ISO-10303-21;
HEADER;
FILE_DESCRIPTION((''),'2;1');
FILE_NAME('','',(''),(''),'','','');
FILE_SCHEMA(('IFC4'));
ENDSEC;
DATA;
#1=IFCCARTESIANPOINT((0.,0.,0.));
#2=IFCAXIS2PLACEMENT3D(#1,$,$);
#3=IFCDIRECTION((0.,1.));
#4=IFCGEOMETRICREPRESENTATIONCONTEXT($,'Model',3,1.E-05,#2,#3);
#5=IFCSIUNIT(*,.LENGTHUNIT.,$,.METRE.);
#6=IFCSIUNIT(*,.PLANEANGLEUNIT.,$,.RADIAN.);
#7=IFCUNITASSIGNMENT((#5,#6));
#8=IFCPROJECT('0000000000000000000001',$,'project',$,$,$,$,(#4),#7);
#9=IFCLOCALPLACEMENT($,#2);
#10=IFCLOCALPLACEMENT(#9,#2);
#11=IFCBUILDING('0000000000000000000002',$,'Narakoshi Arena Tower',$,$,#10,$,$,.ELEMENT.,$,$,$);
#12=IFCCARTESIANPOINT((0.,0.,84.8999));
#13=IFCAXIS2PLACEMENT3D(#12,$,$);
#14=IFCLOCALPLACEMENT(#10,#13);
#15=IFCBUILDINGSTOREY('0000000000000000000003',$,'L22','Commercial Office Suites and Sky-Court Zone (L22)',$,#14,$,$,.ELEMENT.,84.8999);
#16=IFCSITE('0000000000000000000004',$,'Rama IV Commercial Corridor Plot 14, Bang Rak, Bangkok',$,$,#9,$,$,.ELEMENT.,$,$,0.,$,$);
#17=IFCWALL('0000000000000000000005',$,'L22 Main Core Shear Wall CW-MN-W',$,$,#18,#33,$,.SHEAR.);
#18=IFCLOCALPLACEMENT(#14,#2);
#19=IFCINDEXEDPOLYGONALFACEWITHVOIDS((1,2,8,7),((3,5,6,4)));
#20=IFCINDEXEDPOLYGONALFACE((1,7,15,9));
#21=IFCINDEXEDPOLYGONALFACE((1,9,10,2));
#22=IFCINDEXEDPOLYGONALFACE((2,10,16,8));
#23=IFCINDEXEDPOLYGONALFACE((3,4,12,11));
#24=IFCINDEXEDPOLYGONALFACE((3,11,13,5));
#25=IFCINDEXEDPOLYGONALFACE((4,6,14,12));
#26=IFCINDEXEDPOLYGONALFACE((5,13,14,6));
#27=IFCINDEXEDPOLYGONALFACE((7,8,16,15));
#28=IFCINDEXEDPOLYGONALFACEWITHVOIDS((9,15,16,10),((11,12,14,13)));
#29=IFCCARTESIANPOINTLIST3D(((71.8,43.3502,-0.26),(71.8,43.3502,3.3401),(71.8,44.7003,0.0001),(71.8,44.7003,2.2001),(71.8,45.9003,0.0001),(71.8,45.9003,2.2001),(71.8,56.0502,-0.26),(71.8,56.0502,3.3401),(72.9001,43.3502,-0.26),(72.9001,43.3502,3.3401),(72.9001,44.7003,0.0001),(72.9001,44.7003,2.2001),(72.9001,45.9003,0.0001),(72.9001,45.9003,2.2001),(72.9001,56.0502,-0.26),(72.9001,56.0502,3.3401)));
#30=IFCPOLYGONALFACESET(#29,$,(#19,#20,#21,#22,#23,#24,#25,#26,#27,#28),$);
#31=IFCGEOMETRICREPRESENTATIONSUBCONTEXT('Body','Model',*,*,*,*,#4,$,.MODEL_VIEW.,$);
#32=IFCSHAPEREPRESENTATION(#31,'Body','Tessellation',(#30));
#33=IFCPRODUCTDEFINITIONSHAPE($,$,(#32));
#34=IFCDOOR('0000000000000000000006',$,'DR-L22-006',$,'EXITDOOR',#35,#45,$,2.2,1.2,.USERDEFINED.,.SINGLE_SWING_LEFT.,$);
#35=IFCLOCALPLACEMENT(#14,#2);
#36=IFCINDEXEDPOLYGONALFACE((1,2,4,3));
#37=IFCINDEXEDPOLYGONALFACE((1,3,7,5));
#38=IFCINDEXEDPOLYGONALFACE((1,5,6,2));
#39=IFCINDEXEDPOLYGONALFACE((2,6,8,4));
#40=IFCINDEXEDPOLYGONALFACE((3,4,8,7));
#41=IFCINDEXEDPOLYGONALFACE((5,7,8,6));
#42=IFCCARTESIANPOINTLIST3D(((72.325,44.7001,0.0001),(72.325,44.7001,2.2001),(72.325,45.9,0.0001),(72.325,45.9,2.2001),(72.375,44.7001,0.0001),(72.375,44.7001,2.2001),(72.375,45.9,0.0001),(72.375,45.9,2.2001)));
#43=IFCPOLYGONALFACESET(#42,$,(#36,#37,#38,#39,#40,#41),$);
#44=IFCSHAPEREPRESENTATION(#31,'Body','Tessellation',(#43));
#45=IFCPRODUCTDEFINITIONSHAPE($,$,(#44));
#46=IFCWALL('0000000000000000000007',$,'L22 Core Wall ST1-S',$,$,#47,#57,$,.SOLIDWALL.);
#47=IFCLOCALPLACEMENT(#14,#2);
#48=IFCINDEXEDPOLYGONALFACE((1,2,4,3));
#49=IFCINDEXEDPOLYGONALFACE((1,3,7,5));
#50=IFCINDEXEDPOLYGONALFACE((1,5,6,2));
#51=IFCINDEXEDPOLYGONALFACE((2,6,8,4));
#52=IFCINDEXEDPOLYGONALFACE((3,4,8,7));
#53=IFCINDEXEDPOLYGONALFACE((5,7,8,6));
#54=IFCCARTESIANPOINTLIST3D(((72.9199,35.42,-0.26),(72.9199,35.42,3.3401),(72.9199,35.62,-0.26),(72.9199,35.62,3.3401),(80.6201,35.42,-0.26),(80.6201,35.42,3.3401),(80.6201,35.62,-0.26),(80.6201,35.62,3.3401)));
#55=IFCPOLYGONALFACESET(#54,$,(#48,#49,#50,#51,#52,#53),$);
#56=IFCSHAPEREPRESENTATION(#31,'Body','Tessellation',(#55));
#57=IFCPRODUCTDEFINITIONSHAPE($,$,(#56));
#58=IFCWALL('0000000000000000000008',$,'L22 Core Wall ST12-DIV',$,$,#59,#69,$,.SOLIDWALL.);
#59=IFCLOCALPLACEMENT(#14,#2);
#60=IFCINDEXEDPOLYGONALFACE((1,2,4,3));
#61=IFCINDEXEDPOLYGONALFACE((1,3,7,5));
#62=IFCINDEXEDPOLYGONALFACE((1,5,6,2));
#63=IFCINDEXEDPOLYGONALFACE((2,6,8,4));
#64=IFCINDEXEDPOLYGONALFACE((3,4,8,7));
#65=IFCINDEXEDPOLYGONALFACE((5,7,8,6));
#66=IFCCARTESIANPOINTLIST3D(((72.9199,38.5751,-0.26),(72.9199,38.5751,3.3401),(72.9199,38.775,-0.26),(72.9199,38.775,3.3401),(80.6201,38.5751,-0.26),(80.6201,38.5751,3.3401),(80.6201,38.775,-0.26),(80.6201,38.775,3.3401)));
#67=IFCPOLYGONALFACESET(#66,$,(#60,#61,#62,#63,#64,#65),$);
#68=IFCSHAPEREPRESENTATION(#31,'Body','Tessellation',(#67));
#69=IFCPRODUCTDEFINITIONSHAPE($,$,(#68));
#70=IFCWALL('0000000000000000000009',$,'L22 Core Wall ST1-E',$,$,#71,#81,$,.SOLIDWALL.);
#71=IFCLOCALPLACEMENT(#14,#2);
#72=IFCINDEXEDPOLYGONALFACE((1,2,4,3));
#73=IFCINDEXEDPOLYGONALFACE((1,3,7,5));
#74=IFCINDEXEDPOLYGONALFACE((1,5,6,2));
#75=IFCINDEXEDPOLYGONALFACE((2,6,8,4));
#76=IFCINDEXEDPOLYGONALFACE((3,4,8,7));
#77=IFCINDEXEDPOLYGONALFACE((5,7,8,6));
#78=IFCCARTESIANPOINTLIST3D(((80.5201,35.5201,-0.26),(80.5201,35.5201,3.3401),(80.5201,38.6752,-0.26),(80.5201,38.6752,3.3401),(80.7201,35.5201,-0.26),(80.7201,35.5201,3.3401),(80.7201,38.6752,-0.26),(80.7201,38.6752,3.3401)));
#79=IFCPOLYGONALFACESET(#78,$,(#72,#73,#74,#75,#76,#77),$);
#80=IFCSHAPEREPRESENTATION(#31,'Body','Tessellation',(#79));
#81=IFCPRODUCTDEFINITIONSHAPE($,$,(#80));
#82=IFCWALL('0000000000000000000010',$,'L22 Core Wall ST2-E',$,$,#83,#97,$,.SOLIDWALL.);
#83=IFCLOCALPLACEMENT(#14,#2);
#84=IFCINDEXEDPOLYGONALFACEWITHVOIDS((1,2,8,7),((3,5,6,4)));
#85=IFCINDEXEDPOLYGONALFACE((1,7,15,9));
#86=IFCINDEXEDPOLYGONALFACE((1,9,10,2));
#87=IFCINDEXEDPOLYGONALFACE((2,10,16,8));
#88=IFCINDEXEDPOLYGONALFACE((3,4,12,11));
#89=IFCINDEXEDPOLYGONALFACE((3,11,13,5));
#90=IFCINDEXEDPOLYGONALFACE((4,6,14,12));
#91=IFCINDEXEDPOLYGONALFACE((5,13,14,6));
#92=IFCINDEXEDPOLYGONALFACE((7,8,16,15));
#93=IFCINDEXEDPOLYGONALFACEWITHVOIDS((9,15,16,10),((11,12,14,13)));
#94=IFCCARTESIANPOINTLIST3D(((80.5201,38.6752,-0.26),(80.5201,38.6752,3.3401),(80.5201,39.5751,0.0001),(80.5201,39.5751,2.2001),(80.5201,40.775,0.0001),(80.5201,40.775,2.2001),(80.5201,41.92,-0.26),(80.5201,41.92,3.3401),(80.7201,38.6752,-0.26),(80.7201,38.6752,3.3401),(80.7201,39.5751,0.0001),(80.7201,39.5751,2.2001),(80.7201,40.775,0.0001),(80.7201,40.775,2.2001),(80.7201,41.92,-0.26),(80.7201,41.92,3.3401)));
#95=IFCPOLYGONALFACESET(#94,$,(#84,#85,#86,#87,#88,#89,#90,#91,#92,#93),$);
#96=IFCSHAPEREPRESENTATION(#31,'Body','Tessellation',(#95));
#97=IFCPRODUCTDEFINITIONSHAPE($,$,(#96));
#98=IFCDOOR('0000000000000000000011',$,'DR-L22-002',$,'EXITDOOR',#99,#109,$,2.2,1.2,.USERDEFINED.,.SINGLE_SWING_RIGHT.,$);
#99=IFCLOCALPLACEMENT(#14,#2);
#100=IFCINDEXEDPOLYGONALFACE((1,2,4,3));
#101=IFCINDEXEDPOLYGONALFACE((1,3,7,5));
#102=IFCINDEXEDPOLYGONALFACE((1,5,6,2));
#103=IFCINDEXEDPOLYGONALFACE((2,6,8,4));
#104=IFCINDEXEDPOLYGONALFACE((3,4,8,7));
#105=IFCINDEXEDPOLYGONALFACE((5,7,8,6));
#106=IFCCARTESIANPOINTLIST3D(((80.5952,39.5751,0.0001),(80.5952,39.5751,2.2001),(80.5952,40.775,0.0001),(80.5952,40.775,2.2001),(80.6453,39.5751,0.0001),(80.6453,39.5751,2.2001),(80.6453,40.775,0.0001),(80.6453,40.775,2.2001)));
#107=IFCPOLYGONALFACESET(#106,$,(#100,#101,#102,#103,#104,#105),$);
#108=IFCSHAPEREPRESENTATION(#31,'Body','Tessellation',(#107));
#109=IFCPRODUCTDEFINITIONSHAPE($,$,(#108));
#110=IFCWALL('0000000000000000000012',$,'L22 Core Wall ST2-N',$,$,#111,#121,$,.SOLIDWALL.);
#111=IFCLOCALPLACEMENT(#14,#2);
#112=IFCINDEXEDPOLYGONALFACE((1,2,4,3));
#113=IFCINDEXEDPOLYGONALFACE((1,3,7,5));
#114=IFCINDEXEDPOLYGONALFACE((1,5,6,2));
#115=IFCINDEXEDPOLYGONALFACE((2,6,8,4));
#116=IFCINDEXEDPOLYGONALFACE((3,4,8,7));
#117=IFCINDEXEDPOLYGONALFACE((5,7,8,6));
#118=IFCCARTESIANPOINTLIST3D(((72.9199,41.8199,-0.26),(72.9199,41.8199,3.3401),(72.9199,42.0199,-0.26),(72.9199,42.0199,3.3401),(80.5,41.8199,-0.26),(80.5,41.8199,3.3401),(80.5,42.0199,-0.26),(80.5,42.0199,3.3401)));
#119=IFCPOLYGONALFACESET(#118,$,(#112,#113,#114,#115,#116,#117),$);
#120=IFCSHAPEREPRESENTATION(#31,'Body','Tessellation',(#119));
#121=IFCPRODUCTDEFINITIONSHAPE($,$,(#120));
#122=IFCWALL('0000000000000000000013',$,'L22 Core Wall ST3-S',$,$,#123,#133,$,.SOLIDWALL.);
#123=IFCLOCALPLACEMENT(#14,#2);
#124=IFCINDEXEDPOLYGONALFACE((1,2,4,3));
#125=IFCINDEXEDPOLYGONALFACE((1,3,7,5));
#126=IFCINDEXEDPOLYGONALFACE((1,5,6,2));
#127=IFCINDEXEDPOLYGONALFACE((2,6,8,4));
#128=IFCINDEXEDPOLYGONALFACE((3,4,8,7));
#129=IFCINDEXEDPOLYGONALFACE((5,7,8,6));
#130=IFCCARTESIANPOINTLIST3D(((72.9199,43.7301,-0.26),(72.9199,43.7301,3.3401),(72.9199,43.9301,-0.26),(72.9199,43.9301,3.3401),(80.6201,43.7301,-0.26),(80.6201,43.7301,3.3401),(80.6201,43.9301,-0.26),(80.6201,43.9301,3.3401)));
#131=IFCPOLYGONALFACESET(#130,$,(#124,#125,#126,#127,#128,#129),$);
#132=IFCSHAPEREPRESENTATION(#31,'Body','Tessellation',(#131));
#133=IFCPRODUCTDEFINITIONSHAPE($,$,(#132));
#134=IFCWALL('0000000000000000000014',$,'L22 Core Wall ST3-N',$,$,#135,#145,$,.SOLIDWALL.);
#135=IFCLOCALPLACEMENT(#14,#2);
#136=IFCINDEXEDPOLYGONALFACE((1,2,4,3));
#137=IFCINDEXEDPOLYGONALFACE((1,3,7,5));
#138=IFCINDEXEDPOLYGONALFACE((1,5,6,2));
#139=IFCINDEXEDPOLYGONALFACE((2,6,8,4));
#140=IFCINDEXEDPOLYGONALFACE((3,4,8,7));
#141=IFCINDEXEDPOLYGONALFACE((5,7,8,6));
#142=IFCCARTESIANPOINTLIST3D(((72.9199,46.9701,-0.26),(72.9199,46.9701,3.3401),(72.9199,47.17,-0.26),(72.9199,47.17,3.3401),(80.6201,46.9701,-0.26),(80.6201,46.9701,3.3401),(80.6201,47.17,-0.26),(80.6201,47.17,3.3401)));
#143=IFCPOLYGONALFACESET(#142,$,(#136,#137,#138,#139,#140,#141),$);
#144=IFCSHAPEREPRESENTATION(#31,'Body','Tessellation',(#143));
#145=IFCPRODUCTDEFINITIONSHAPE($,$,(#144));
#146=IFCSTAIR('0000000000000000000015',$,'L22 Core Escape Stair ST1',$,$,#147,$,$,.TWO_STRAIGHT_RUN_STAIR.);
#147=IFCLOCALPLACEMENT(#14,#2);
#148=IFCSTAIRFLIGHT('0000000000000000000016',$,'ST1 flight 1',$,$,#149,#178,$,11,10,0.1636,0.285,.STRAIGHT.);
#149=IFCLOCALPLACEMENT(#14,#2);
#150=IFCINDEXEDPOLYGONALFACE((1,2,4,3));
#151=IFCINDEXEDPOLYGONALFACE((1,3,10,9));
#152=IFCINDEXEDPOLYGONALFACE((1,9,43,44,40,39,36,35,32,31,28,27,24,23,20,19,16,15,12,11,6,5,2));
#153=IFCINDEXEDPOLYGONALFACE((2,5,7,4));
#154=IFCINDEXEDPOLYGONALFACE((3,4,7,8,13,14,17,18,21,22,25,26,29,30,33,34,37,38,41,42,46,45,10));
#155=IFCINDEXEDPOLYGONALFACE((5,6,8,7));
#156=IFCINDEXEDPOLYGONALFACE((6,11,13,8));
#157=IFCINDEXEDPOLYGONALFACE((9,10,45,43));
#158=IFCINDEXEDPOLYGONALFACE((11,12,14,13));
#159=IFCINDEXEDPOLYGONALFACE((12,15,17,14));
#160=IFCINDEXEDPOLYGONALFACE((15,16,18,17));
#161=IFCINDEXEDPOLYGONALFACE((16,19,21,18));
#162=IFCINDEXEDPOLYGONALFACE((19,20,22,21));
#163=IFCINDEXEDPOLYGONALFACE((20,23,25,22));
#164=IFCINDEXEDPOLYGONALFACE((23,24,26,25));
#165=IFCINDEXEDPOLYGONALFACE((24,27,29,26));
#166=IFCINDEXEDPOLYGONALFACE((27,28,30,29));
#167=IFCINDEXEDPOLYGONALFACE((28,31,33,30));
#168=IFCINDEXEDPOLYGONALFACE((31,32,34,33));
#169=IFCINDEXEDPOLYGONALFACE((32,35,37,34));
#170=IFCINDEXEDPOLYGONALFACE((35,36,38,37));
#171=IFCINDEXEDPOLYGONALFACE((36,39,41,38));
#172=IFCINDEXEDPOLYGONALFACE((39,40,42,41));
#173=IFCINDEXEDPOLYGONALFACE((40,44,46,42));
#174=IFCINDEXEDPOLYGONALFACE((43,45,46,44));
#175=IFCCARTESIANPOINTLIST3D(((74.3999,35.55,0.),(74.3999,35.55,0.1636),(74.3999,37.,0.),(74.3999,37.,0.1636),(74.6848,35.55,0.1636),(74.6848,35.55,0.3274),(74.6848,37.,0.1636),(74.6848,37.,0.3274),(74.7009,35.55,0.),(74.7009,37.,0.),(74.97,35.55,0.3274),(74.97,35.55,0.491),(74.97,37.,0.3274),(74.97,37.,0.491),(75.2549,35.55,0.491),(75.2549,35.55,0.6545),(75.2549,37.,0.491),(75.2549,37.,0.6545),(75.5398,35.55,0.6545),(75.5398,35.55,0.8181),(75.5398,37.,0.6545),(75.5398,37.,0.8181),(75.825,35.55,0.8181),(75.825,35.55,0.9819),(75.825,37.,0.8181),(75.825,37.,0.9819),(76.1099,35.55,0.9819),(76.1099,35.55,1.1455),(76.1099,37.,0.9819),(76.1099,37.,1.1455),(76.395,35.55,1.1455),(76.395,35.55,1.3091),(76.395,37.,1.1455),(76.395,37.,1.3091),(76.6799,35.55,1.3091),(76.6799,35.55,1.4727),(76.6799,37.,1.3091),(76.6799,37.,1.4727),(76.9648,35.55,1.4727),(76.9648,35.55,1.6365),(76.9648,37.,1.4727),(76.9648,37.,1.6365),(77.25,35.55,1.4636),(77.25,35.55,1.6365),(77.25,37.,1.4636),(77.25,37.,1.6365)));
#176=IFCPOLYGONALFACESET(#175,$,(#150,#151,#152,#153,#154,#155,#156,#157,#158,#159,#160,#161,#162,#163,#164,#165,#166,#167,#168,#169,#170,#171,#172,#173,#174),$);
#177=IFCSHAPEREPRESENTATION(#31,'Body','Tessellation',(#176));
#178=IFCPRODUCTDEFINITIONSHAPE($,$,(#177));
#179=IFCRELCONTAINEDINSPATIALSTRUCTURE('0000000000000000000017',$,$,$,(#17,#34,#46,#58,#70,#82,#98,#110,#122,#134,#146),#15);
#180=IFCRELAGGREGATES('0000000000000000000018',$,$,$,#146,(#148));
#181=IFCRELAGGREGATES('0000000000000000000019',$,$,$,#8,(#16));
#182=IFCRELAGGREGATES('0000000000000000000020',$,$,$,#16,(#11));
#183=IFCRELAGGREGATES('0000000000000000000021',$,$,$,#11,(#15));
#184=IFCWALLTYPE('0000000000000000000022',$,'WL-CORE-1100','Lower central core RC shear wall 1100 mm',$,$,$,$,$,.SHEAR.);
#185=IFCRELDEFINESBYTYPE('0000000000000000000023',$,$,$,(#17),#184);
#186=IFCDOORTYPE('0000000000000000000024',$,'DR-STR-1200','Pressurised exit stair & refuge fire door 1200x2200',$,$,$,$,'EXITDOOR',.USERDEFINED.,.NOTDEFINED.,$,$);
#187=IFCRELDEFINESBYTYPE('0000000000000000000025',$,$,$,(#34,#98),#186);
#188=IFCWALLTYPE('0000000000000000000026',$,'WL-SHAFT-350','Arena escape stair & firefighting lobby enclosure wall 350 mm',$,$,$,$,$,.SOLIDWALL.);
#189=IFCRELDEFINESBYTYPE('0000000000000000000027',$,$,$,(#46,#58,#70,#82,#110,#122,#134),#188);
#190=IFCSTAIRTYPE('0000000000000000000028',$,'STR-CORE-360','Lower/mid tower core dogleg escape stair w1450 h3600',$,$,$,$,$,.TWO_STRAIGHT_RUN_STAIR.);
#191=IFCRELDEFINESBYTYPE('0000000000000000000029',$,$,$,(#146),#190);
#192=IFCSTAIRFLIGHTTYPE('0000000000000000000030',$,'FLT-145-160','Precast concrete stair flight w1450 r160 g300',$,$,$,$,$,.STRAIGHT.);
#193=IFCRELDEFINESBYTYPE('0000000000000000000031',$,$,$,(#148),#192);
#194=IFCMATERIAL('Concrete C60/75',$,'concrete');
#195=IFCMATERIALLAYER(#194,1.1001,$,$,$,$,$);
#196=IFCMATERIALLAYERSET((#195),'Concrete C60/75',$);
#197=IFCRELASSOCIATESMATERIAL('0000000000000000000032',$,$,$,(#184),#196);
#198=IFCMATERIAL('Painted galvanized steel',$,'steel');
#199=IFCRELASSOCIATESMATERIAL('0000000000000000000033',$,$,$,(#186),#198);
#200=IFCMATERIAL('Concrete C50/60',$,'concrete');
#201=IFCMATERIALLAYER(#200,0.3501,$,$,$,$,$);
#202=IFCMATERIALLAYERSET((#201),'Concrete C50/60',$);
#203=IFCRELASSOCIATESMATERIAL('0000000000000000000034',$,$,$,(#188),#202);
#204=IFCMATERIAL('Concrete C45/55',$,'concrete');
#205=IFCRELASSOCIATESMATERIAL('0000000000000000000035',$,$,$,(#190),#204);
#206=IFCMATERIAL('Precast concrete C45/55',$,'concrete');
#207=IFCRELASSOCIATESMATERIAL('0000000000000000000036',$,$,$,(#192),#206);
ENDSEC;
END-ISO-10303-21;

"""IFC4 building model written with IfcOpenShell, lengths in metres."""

from ifc_helpers import new_model, si_unit, direction, frame, frame_2d, origin, place, context, subcontext, project, spatial, polyline, rectangle, outline, extrude, material, layer, layer_set, type_object, element, fill, aggregate, save


model = new_model("IFC4")

# Units and contexts
model_context = context("Model", 3, precision=1e-05, world=origin(), true_north=direction((0.0, 1.0)))
body_context = subcontext(model_context, "Body", "Model", "MODEL_VIEW")
ifc_project = project(units=[si_unit("LENGTHUNIT", "METRE"), si_unit("PLANEANGLEUNIT", "RADIAN")], contexts=[model_context])

# Site, building, storey
site_placement = place(None, origin())
site = spatial("IfcSite", under=ifc_project, at=site_placement, Name="Rama IV Commercial Corridor Plot 14, Bang Rak, Bangkok", CompositionType="ELEMENT", RefElevation=0.0)
building_placement = place(site_placement, origin())
building = spatial("IfcBuilding", under=site, at=building_placement, Name="Narakoshi Arena Tower", CompositionType="ELEMENT")
storey_placement = place(building_placement, frame((0.0, 0.0, 84.8999)))
storey = spatial("IfcBuildingStorey", under=building, at=storey_placement, Name="L22", Description="Commercial Office Suites and Sky-Court Zone (L22)", CompositionType="ELEMENT", Elevation=84.8999)

# Wall, opening, door
ifc_material_1 = material(Name="Concrete C60/75", Category="concrete")
ifc_layer_1 = layer(ifc_material_1, 1.1001)
ifc_layer_set_1 = layer_set([ifc_layer_1], Name="Concrete C60/75")
wall_type_1 = type_object("IfcWallType", Name="WL-CORE-1100", Description="Lower central core RC shear wall 1100 mm", PredefinedType="SHEAR", material=ifc_layer_set_1)
wall_1_placement = place(storey_placement, frame((72.3501, 43.3501, -0.26), z_axis=(0.0, 0.0, 1.0), x_axis=(0.0, 1.0, 0.0)))
wall_1 = element("IfcWall", 1, at=wall_1_placement, inside=storey, type_object=wall_type_1, Name="L22 Main Core Shear Wall CW-MN-W", PredefinedType="SHEAR", context=body_context, shape_type="SweptSolid", body=[
    extrude(rectangle(XDim=12.7, YDim=1.1001, at=frame_2d((6.3501, 0.0))), origin(), (0.0, 0.0, 1.0), 3.6001),
])
opening_1_placement = place(wall_1_placement, frame((1.3501, 0.0, 0.26)))
opening_1 = element("IfcOpeningElement", 2, at=opening_1_placement, cuts=wall_1, PredefinedType="OPENING", context=body_context, shape_type="SweptSolid", body=[
    extrude(rectangle(XDim=1.2, YDim=2.2, at=frame_2d((0.6001, 1.1001))), frame((0.0, 0.5601, 0.0), z_axis=(0.0, -1.0, 0.0), x_axis=(1.0, 0.0, 0.0)), (0.0, 0.0, 1.0), 1.1201),
])
ifc_material_2 = material(Name="Painted galvanized steel", Category="steel")
door_type = type_object("IfcDoorType", Name="DR-STR-1200", Description="Pressurised exit stair & refuge fire door 1200x2200", ElementType="EXITDOOR", OperationType="NOTDEFINED", PredefinedType="USERDEFINED", material=ifc_material_2)
door_1_placement = place(opening_1_placement, frame((1.2, 0.0, 0.0), z_axis=(0.0, 0.0, 1.0), x_axis=(-1.0, 0.0, 0.0)))
door_1 = element("IfcDoor", 3, at=door_1_placement, inside=storey, type_object=door_type, Name="DR-L22-006", ObjectType="EXITDOOR", OperationType="SINGLE_SWING_LEFT", OverallHeight=2.2, OverallWidth=1.2, PredefinedType="USERDEFINED", context=body_context, shape_type="SweptSolid", body=[
    extrude(rectangle(XDim=1.2, YDim=2.2, at=frame_2d((0.6001, 1.1001))), frame((0.0, 0.0249, 0.0), z_axis=(0.0, -1.0, 0.0), x_axis=(1.0, 0.0, 0.0)), (0.0, 0.0, 1.0), 0.05),
])
fill(opening_1, door_1)

# Walls
ifc_material_3 = material(Name="Concrete C50/60", Category="concrete")
ifc_layer_2 = layer(ifc_material_3, 0.3501)
ifc_layer_set_2 = layer_set([ifc_layer_2], Name="Concrete C50/60")
wall_type_2 = type_object("IfcWallType", Name="WL-SHAFT-350", Description="Arena escape stair & firefighting lobby enclosure wall 350 mm", PredefinedType="SOLIDWALL", material=ifc_layer_set_2)
for number, where, z_axis, x_axis, name in (
    (4, (72.9199, 35.52, -0.26), (0.0, 0.0, 1.0), (1.0, 0.0, 0.0), "L22 Core Wall ST1-S"),
    (5, (72.9199, 38.675, -0.26), (0.0, 0.0, 1.0), (1.0, 0.0, 0.0), "L22 Core Wall ST12-DIV"),
):
    element("IfcWall", number, at=place(storey_placement, frame(where, z_axis=z_axis, x_axis=x_axis)), inside=storey, type_object=wall_type_2, Name=name, PredefinedType="SOLIDWALL", context=body_context, shape_type="SweptSolid", body=[
        extrude(rectangle(XDim=7.7002, YDim=0.2, at=frame_2d((3.8501, 0.0))), origin(), (0.0, 0.0, 1.0), 3.6001),
    ])
wall_2_placement = place(storey_placement, frame((80.6201, 35.52, -0.26), z_axis=(0.0, 0.0, 1.0), x_axis=(0.0, 1.0, 0.0)))
element("IfcWall", 6, at=wall_2_placement, inside=storey, type_object=wall_type_2, Name="L22 Core Wall ST1-E", PredefinedType="SOLIDWALL", context=body_context, shape_type="SweptSolid", body=[
    extrude(rectangle(XDim=3.155, YDim=0.2, at=frame_2d((1.5776, 0.0))), origin(), (0.0, 0.0, 1.0), 3.6001),
])

# Wall, opening, door
wall_3_placement = place(storey_placement, frame((80.6201, 38.675, -0.26), z_axis=(0.0, 0.0, 1.0), x_axis=(0.0, 1.0, 0.0)))
wall_3 = element("IfcWall", 7, at=wall_3_placement, inside=storey, type_object=wall_type_2, Name="L22 Core Wall ST2-E", PredefinedType="SOLIDWALL", context=body_context, shape_type="SweptSolid", body=[
    extrude(rectangle(XDim=3.2449, YDim=0.2, at=frame_2d((1.6226, 0.0))), origin(), (0.0, 0.0, 1.0), 3.6001),
])
opening_2_placement = place(wall_3_placement, frame((0.8999, 0.0, 0.26)))
opening_2 = element("IfcOpeningElement", 8, at=opening_2_placement, cuts=wall_3, PredefinedType="OPENING", context=body_context, shape_type="SweptSolid", body=[
    extrude(rectangle(XDim=1.2, YDim=2.2, at=frame_2d((0.6001, 1.1001))), frame((0.0, 0.1099, 0.0), z_axis=(0.0, -1.0, 0.0), x_axis=(1.0, 0.0, 0.0)), (0.0, 0.0, 1.0), 0.22),
])
door_2_placement = place(opening_2_placement, origin())
door_2 = element("IfcDoor", 9, at=door_2_placement, inside=storey, type_object=door_type, Name="DR-L22-002", ObjectType="EXITDOOR", OperationType="SINGLE_SWING_RIGHT", OverallHeight=2.2, OverallWidth=1.2, PredefinedType="USERDEFINED", context=body_context, shape_type="SweptSolid", body=[
    extrude(rectangle(XDim=1.2, YDim=2.2, at=frame_2d((0.6001, 1.1001))), frame((0.0, 0.0249, 0.0), z_axis=(0.0, -1.0, 0.0), x_axis=(1.0, 0.0, 0.0)), (0.0, 0.0, 1.0), 0.05),
])
fill(opening_2, door_2)

# Walls
wall_4_placement = place(storey_placement, frame((72.9199, 41.9199, -0.26), z_axis=(0.0, 0.0, 1.0), x_axis=(1.0, 0.0, 0.0)))
element("IfcWall", 10, at=wall_4_placement, inside=storey, type_object=wall_type_2, Name="L22 Core Wall ST2-N", PredefinedType="SOLIDWALL", context=body_context, shape_type="SweptSolid", body=[
    extrude(rectangle(XDim=7.5801, YDim=0.2, at=frame_2d((3.79, 0.0))), origin(), (0.0, 0.0, 1.0), 3.6001),
])
for number, where, z_axis, x_axis, name in (
    (11, (72.9199, 43.8301, -0.26), (0.0, 0.0, 1.0), (1.0, 0.0, 0.0), "L22 Core Wall ST3-S"),
    (12, (72.9199, 47.0701, -0.26), (0.0, 0.0, 1.0), (1.0, 0.0, 0.0), "L22 Core Wall ST3-N"),
):
    element("IfcWall", number, at=place(storey_placement, frame(where, z_axis=z_axis, x_axis=x_axis)), inside=storey, type_object=wall_type_2, Name=name, PredefinedType="SOLIDWALL", context=body_context, shape_type="SweptSolid", body=[
        extrude(rectangle(XDim=7.7002, YDim=0.2, at=frame_2d((3.8501, 0.0))), origin(), (0.0, 0.0, 1.0), 3.6001),
    ])

# Stair, stair flight
ifc_material_4 = material(Name="Concrete C45/55", Category="concrete")
stair_type = type_object("IfcStairType", Name="STR-CORE-360", Description="Lower/mid tower core dogleg escape stair w1450 h3600", PredefinedType="TWO_STRAIGHT_RUN_STAIR", material=ifc_material_4)
stair_1_placement = place(storey_placement, origin())
stair_1 = element("IfcStair", 13, at=stair_1_placement, inside=storey, type_object=stair_type, Name="L22 Core Escape Stair ST1", PredefinedType="TWO_STRAIGHT_RUN_STAIR")
ifc_material_5 = material(Name="Precast concrete C45/55", Category="concrete")
stair_flight_type = type_object("IfcStairFlightType", Name="FLT-145-160", Description="Precast concrete stair flight w1450 r160 g300", PredefinedType="STRAIGHT", material=ifc_material_5)
stair_flight_1_placement = place(storey_placement, frame((74.3999, 36.2749, 0.0), z_axis=(0.0, 0.0, 1.0), x_axis=(1.0, 0.0, 0.0)))
stair_flight_1 = element("IfcStairFlight", 14, at=stair_flight_1_placement, type_object=stair_flight_type, Name="ST1 flight 1", NumberOfRisers=11, NumberOfTreads=10, PredefinedType="STRAIGHT", RiserHeight=0.1636, TreadLength=0.285, context=body_context, shape_type="SweptSolid", body=[
    extrude(outline(polyline([(0.0, 0.0), (0.0, 0.1636), (0.2849, 0.1636), (0.2849, 0.3274), (0.5701, 0.3274), (0.5701, 0.491), (0.855, 0.491), (0.855, 0.6545), (1.1399, 0.6545), (1.1399, 0.8181), (1.425, 0.8181), (1.425, 0.9819), (1.71, 0.9819), (1.71, 1.1455), (1.9951, 1.1455), (1.9951, 1.3091), (2.28, 1.3091), (2.28, 1.4727), (2.5649, 1.4727), (2.5649, 1.6365), (2.8501, 1.6365), (2.8501, 1.8), (2.8501, 1.4636), (0.301, 0.0), (0.0, 0.0)])), frame((0.0, 0.7251, 0.0), z_axis=(0.0, -1.0, 0.0), x_axis=(1.0, 0.0, 0.0)), (0.0, 0.0, 1.0), 1.45),
])
aggregate(stair_1, [stair_flight_1])

save(model, "model.ifc")
